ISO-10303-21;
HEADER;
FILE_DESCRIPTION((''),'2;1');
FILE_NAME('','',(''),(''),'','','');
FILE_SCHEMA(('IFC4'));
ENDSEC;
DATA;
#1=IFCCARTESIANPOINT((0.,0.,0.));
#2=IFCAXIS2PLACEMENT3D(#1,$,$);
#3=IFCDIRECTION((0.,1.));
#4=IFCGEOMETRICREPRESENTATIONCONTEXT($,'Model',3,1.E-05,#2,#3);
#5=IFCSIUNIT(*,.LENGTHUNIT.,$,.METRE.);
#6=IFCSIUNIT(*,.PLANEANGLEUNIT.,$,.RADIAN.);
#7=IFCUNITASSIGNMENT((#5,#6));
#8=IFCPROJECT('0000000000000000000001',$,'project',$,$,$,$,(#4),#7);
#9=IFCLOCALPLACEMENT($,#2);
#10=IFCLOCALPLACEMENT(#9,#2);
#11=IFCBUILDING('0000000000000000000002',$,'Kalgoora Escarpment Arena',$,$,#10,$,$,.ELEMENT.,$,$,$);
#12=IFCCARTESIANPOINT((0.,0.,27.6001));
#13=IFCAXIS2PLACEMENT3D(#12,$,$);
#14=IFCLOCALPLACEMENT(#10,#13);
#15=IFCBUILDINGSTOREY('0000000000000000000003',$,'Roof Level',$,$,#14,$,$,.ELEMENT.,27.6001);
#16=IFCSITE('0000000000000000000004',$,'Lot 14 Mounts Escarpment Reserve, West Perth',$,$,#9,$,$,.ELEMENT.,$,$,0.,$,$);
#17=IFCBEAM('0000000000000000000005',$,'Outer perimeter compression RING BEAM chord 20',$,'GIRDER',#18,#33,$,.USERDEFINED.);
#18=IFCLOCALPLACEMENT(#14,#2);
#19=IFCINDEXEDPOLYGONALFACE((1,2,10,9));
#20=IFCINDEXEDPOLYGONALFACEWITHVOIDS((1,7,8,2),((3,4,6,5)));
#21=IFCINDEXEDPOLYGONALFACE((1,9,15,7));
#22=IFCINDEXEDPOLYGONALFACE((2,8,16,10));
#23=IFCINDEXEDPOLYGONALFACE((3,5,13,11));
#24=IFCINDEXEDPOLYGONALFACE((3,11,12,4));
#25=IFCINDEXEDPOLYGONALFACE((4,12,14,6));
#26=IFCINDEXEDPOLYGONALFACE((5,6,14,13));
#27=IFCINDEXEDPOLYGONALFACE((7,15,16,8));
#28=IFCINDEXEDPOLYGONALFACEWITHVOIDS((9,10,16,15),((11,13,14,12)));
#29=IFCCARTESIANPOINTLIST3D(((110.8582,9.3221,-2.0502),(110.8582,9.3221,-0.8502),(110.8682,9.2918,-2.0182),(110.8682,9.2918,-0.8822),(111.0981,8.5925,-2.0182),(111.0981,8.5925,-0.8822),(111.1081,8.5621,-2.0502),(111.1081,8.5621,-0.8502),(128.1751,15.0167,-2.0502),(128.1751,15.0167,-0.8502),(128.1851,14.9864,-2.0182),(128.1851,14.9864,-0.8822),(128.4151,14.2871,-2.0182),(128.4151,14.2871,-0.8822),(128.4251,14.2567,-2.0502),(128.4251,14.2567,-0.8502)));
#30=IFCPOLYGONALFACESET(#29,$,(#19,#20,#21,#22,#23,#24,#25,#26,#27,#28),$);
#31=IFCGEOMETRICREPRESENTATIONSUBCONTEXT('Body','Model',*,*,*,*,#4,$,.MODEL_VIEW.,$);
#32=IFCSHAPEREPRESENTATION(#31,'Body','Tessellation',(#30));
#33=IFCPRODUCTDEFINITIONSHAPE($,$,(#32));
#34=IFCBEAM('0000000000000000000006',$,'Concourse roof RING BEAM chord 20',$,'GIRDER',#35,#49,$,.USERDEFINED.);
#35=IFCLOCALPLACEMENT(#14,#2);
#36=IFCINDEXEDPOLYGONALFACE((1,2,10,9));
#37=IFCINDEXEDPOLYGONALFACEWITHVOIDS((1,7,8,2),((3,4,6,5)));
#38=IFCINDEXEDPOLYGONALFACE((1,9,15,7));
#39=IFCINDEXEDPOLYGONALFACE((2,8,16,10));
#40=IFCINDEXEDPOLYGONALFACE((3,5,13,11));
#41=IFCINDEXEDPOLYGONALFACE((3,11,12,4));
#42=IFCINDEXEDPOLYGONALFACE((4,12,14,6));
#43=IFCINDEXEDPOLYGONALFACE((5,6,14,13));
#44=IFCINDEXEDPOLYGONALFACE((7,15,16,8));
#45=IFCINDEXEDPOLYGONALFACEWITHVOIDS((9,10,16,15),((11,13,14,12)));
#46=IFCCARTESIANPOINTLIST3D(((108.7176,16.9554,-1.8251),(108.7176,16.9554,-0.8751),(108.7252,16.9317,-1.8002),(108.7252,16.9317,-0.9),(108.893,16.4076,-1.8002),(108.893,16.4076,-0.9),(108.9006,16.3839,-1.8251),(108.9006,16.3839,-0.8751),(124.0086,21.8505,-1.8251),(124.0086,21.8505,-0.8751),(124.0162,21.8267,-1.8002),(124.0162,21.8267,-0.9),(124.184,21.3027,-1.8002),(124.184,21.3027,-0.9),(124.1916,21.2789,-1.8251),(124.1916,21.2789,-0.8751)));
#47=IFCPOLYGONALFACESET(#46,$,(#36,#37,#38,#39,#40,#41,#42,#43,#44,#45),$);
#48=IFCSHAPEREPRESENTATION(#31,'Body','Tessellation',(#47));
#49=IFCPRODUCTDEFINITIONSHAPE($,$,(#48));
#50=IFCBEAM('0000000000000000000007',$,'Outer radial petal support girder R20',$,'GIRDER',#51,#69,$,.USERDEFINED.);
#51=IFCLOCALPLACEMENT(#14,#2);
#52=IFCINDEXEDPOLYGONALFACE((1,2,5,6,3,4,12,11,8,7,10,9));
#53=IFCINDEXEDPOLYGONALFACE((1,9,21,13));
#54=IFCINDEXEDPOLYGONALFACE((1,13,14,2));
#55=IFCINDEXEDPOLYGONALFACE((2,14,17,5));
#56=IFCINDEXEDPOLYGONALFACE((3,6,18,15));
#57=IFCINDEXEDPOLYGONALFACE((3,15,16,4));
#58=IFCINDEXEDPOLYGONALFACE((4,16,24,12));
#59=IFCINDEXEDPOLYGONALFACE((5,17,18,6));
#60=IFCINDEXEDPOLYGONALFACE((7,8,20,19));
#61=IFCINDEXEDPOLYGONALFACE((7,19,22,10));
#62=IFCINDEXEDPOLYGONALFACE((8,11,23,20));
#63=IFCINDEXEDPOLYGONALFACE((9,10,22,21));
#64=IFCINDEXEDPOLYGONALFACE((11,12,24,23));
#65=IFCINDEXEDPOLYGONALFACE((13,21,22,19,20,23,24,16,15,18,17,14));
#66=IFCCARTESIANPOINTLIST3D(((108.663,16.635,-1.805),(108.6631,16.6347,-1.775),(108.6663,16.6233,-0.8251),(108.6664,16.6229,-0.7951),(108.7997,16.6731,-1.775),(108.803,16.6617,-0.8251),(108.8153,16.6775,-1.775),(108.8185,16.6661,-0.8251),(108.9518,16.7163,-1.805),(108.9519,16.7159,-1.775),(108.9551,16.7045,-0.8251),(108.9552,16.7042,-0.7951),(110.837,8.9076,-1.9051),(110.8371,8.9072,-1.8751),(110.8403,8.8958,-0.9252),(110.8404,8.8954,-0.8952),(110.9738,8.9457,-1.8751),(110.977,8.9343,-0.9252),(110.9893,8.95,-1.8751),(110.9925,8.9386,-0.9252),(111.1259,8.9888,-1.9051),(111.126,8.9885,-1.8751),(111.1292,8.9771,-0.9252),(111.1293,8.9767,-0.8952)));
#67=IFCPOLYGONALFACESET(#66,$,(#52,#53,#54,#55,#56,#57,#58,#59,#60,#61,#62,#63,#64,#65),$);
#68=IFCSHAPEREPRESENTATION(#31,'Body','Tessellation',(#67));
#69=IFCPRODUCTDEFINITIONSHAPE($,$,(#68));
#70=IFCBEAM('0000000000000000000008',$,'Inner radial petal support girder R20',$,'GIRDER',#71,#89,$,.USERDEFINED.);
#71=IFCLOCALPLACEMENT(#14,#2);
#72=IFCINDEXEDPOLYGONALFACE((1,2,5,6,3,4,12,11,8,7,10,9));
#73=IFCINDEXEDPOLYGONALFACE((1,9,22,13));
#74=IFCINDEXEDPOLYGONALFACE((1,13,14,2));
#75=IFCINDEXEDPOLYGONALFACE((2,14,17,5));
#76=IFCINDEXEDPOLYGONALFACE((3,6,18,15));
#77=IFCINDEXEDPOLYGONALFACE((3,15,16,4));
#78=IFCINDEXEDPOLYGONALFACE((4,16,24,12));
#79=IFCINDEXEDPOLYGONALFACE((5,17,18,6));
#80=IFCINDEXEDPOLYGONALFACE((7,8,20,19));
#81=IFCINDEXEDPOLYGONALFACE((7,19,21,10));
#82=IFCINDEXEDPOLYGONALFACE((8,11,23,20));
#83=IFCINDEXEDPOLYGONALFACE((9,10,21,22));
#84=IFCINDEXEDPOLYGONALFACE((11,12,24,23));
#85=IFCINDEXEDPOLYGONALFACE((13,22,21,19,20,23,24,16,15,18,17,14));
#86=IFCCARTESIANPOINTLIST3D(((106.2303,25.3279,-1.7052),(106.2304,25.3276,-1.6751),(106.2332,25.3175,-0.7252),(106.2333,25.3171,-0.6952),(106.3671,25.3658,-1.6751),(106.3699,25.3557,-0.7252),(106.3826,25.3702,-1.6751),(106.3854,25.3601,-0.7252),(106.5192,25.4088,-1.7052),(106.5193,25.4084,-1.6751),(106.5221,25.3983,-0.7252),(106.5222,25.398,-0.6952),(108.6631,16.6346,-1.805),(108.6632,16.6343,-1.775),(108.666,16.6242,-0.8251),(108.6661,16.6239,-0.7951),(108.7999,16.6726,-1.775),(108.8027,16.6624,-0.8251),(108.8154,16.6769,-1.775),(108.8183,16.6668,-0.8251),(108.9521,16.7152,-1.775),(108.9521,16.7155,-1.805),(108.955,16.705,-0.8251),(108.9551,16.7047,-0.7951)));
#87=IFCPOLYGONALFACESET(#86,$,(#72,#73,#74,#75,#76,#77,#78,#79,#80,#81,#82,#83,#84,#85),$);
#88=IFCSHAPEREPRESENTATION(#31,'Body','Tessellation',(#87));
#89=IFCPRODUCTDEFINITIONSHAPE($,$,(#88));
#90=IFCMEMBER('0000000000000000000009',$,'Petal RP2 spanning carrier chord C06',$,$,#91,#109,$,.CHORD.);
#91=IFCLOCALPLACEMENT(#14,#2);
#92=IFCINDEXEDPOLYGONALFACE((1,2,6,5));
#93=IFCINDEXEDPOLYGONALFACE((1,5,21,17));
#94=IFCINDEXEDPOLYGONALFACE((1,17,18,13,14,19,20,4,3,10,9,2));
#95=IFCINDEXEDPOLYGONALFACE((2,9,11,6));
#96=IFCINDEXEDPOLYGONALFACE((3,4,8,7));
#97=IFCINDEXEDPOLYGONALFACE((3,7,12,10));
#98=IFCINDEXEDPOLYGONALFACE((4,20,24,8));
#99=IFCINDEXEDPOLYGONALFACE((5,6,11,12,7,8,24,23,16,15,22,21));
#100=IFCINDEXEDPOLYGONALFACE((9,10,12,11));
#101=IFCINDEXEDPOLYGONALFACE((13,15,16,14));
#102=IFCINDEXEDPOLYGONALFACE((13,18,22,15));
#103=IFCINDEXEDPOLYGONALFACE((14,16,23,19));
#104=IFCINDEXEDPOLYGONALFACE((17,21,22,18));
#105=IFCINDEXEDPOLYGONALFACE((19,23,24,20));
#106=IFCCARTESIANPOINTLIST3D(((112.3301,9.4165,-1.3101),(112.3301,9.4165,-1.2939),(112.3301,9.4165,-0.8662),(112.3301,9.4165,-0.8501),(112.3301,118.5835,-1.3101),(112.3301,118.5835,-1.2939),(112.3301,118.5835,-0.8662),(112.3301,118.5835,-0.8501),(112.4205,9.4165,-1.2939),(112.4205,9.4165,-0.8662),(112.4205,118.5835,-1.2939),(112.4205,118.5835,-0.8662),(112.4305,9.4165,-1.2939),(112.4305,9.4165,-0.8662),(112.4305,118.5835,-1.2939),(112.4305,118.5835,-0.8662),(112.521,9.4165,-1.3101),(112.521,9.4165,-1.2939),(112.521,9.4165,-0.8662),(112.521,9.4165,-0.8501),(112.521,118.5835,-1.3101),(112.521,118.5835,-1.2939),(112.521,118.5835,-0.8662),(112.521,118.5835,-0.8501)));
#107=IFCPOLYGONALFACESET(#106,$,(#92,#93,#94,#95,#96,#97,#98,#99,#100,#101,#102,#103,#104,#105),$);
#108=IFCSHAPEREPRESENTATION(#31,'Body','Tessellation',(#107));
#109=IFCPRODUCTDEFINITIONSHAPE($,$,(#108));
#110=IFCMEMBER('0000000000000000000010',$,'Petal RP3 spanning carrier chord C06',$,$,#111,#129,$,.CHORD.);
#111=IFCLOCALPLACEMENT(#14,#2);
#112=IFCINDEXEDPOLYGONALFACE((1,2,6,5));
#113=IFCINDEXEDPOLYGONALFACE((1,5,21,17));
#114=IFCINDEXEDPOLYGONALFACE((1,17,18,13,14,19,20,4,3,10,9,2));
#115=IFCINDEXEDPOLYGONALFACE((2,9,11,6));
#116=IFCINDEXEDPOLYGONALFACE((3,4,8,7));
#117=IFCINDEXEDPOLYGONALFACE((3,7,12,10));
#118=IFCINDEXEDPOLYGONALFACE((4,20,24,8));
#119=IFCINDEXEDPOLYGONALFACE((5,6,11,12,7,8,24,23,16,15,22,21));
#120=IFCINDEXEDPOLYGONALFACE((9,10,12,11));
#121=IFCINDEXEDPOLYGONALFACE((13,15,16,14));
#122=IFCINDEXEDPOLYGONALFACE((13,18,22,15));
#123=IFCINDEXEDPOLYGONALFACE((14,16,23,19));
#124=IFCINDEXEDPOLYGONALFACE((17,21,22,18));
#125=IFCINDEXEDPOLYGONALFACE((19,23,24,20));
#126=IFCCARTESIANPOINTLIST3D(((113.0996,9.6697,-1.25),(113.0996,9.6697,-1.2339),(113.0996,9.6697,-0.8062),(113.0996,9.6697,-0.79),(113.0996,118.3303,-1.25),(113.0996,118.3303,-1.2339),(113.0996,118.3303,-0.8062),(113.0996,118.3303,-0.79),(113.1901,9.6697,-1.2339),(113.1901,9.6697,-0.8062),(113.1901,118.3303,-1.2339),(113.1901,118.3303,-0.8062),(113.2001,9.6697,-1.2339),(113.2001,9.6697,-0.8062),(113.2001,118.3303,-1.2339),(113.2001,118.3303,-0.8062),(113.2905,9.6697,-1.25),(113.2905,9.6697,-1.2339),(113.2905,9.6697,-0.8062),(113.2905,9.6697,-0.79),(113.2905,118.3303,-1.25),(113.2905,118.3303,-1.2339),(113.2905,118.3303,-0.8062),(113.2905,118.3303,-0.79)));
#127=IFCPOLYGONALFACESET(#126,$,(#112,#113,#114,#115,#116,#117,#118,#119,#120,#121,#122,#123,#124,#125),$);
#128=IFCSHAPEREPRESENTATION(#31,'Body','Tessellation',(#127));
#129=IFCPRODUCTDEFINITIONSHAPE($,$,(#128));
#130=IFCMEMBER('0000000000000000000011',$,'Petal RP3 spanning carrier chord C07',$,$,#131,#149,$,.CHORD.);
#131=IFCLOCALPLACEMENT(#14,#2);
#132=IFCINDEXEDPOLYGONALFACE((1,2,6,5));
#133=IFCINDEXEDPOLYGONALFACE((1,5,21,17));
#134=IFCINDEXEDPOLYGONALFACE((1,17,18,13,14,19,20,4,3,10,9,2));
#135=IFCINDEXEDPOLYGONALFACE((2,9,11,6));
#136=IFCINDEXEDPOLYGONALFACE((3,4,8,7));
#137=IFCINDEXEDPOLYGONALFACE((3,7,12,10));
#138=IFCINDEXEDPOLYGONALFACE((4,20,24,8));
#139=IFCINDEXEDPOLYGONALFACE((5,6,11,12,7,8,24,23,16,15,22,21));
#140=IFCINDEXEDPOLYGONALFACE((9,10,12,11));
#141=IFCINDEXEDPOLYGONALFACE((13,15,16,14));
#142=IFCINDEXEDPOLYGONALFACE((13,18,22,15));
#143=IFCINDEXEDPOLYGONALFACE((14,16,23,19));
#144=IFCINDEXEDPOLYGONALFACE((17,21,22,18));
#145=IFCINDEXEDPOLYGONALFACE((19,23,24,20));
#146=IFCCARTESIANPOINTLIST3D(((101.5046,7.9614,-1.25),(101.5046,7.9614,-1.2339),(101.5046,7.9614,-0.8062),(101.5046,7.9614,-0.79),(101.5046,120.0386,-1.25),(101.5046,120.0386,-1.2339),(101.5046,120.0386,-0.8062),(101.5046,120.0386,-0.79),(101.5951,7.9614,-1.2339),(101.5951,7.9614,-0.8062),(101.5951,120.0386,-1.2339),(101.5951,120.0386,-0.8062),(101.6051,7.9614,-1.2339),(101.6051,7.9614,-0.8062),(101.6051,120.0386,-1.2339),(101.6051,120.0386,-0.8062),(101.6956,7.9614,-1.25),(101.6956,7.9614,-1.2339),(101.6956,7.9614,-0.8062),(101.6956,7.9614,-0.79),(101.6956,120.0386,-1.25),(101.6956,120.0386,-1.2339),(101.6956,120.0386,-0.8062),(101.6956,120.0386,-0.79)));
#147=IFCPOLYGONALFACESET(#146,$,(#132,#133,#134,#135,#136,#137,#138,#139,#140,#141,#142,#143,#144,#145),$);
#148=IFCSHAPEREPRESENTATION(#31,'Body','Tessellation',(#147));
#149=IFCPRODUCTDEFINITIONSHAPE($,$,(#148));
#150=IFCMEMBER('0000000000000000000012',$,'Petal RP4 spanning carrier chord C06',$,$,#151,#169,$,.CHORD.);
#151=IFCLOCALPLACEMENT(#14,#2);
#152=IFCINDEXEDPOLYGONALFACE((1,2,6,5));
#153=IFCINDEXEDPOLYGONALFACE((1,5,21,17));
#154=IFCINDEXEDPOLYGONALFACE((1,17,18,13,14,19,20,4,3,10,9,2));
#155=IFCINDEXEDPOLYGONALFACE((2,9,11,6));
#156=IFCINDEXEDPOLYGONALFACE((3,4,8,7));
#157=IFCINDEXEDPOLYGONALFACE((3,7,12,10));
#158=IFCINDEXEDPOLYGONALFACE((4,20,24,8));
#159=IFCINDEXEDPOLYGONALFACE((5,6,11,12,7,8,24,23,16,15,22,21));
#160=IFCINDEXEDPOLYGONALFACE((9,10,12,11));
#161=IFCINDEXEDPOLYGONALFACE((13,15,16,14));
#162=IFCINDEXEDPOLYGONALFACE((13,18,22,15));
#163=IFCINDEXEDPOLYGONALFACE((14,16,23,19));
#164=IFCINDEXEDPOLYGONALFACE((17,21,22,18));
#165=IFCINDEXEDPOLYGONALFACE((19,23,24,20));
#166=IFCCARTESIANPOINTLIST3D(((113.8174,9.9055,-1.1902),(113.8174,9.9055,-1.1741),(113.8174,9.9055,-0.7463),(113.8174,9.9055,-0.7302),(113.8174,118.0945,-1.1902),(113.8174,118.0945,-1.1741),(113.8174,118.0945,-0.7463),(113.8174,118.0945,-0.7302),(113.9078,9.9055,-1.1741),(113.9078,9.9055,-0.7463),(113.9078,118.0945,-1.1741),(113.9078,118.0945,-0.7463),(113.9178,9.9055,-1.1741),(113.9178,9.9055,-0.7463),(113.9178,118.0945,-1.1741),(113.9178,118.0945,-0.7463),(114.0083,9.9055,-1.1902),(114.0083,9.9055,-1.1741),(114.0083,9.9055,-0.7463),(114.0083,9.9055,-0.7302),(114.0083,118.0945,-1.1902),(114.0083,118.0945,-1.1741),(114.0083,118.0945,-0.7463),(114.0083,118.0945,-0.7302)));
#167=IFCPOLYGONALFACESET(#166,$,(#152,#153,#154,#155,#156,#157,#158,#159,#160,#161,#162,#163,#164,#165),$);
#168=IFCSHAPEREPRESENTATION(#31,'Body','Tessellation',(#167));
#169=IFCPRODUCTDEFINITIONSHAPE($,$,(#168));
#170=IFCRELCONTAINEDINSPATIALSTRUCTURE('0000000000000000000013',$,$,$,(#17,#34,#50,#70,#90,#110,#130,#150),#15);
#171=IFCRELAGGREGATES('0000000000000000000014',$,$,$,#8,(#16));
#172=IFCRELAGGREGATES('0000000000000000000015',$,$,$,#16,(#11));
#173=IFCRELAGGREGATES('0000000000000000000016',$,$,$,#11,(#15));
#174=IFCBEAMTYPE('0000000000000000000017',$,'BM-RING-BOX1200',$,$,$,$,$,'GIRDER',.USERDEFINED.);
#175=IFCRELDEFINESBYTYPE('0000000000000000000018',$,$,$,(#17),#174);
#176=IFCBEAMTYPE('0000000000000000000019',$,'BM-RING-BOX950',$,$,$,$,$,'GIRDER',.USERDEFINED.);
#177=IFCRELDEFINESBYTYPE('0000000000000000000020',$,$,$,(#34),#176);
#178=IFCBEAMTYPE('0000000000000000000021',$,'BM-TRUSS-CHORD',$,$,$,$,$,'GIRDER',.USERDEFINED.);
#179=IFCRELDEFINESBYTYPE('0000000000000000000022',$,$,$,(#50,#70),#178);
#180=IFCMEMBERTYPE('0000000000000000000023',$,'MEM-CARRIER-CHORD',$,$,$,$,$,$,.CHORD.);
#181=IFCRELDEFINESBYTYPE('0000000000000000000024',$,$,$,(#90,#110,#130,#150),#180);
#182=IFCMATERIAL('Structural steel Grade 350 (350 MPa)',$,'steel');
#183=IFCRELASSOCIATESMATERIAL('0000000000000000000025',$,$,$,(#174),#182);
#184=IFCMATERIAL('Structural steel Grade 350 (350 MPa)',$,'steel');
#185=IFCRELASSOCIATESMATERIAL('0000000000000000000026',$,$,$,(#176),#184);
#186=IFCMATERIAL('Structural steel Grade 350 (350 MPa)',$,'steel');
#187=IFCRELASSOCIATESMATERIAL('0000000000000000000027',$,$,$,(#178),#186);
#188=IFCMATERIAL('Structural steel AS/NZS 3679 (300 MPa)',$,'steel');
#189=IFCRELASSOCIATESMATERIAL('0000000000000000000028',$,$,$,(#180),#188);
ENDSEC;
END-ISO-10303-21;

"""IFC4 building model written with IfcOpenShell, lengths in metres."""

from ifc_helpers import new_model, si_unit, direction, frame, origin, origin_2d, place, context, subcontext, project, spatial, hollow_rectangle, i_section, extrude, material, material_profile, profile_set, type_object, element, save


model = new_model("IFC4")

# Units and contexts
model_context = context("Model", 3, precision=1e-05, world=origin(), true_north=direction((0.0, 1.0)))
body_context = subcontext(model_context, "Body", "Model", "MODEL_VIEW")
ifc_project = project(units=[si_unit("LENGTHUNIT", "METRE"), si_unit("PLANEANGLEUNIT", "RADIAN")], contexts=[model_context])

# Site, building, storey
site_placement = place(None, origin())
site = spatial("IfcSite", under=ifc_project, at=site_placement, Name="Lot 14 Mounts Escarpment Reserve, West Perth", CompositionType="ELEMENT", RefElevation=0.0)
building_placement = place(site_placement, origin())
building = spatial("IfcBuilding", under=site, at=building_placement, Name="Kalgoora Escarpment Arena", CompositionType="ELEMENT")
storey_placement = place(building_placement, frame((0.0, 0.0, 27.6001)))
storey = spatial("IfcBuildingStorey", under=building, at=storey_placement, Name="Roof Level", CompositionType="ELEMENT", Elevation=27.6001)

# Beams
ifc_material_1 = material(Name="Structural steel Grade 350 (350 MPa)", Category="steel")
ifc_material_profile_1 = material_profile(ifc_material_1, hollow_rectangle(XDim=0.8, YDim=1.2, WallThickness=0.032, at=origin_2d()))
ifc_profile_set_1 = profile_set([ifc_material_profile_1], Name="Structural steel Grade 350 (350 MPa)")
beam_type_1 = type_object("IfcBeamType", Name="BM-RING-BOX1200", ElementType="GIRDER", PredefinedType="USERDEFINED", material=ifc_profile_set_1)
beam_1_placement = place(storey_placement, frame((110.9832, 8.9421, -1.4502), z_axis=(0.949955, 0.312388, 0.0), x_axis=(-0.312388, 0.949955, 0.0)))
element("IfcBeam", 1, at=beam_1_placement, inside=storey, type_object=beam_type_1, Name="Outer perimeter compression RING BEAM chord 20", ObjectType="GIRDER", PredefinedType="USERDEFINED", context=body_context, shape_type="SweptSolid", body=[
    extrude(hollow_rectangle(XDim=0.8, YDim=1.2, WallThickness=0.032, at=origin_2d()), origin(), (0.0, 0.0, 1.0), 18.2292),
])
ifc_material_2 = material(Name="Structural steel Grade 350 (350 MPa)", Category="steel")
ifc_material_profile_2 = material_profile(ifc_material_2, hollow_rectangle(XDim=0.6001, YDim=0.95, WallThickness=0.0249, at=origin_2d()))
ifc_profile_set_2 = profile_set([ifc_material_profile_2], Name="Structural steel Grade 350 (350 MPa)")
beam_type_2 = type_object("IfcBeamType", Name="BM-RING-BOX950", ElementType="GIRDER", PredefinedType="USERDEFINED", material=ifc_profile_set_2)
beam_2_placement = place(storey_placement, frame((108.8091, 16.6697, -1.3501), z_axis=(0.95239, 0.304883, 0.0), x_axis=(-0.304883, 0.95239, 0.0)))
element("IfcBeam", 2, at=beam_2_placement, inside=storey, type_object=beam_type_2, Name="Concourse roof RING BEAM chord 20", ObjectType="GIRDER", PredefinedType="USERDEFINED", context=body_context, shape_type="SweptSolid", body=[
    extrude(hollow_rectangle(XDim=0.6001, YDim=0.95, WallThickness=0.0249, at=origin_2d()), origin(), (0.0, 0.0, 1.0), 16.0554),
])
ifc_material_3 = material(Name="Structural steel Grade 350 (350 MPa)", Category="steel")
ifc_material_profile_3 = material_profile(ifc_material_3, i_section(OverallWidth=0.3, OverallDepth=1.01, WebThickness=0.0161, FlangeThickness=0.03, at=origin_2d()))
ifc_profile_set_3 = profile_set([ifc_material_profile_3], Name="Structural steel Grade 350 (350 MPa)")
beam_type_3 = type_object("IfcBeamType", Name="BM-TRUSS-CHORD", ElementType="GIRDER", PredefinedType="USERDEFINED", material=ifc_profile_set_3)
beam_3_placement = place(storey_placement, frame((110.9832, 8.9421, -1.4001), z_axis=(-0.270806, 0.962553, 0.012468), x_axis=(-0.962628, -0.270827, 0.0)))
element("IfcBeam", 3, at=beam_3_placement, inside=storey, type_object=beam_type_3, Name="Outer radial petal support girder R20", ObjectType="GIRDER", PredefinedType="USERDEFINED", context=body_context, shape_type="SweptSolid", body=[
    extrude(i_section(OverallWidth=0.3, OverallDepth=1.01, WebThickness=0.0161, FlangeThickness=0.03, at=origin_2d()), origin(), (0.0, 0.0, 1.0), 8.0281),
])
beam_4_placement = place(storey_placement, frame((108.8091, 16.6697, -1.3), z_axis=(-0.269482, 0.962942, 0.011061), x_axis=(-0.963001, -0.269499, 0.0)))
element("IfcBeam", 4, at=beam_4_placement, inside=storey, type_object=beam_type_3, Name="Inner radial petal support girder R20", ObjectType="GIRDER", PredefinedType="USERDEFINED", context=body_context, shape_type="SweptSolid", body=[
    extrude(i_section(OverallWidth=0.3, OverallDepth=1.01, WebThickness=0.0161, FlangeThickness=0.03, at=origin_2d()), origin(), (0.0, 0.0, 1.0), 9.0278),
])

# Members
ifc_material_4 = material(Name="Structural steel AS/NZS 3679 (300 MPa)", Category="steel")
ifc_material_profile_4 = material_profile(ifc_material_4, i_section(OverallWidth=0.1909, OverallDepth=0.46, WebThickness=0.01, FlangeThickness=0.0161, at=origin_2d()))
ifc_profile_set_4 = profile_set([ifc_material_profile_4], Name="Structural steel AS/NZS 3679 (300 MPa)")
member_type_1 = type_object("IfcMemberType", Name="MEM-CARRIER-CHORD", PredefinedType="CHORD", material=ifc_profile_set_4)
member_1_placement = place(storey_placement, frame((112.4255, 9.4165, -1.0801), z_axis=(0.0, 1.0, 0.0), x_axis=(-1.0, 0.0, 0.0)))
element("IfcMember", 5, at=member_1_placement, inside=storey, type_object=member_type_1, Name="Petal RP2 spanning carrier chord C06", PredefinedType="CHORD", context=body_context, shape_type="SweptSolid", body=[
    extrude(i_section(OverallWidth=0.1909, OverallDepth=0.46, WebThickness=0.01, FlangeThickness=0.0161, at=origin_2d()), origin(), (0.0, 0.0, 1.0), 109.167),
])
member_2_placement = place(storey_placement, frame((113.1951, 9.6697, -1.02), z_axis=(0.0, 1.0, 0.0), x_axis=(-1.0, 0.0, 0.0)))
element("IfcMember", 6, at=member_2_placement, inside=storey, type_object=member_type_1, Name="Petal RP3 spanning carrier chord C06", PredefinedType="CHORD", context=body_context, shape_type="SweptSolid", body=[
    extrude(i_section(OverallWidth=0.1909, OverallDepth=0.46, WebThickness=0.01, FlangeThickness=0.0161, at=origin_2d()), origin(), (0.0, 0.0, 1.0), 108.6606),
])
member_3_placement = place(storey_placement, frame((101.6001, 7.9614, -1.02), z_axis=(0.0, 1.0, 0.0), x_axis=(-1.0, 0.0, 0.0)))
element("IfcMember", 7, at=member_3_placement, inside=storey, type_object=member_type_1, Name="Petal RP3 spanning carrier chord C07", PredefinedType="CHORD", context=body_context, shape_type="SweptSolid", body=[
    extrude(i_section(OverallWidth=0.1909, OverallDepth=0.46, WebThickness=0.01, FlangeThickness=0.0161, at=origin_2d()), origin(), (0.0, 0.0, 1.0), 112.0771),
])
member_4_placement = place(storey_placement, frame((113.9128, 9.9055, -0.9602), z_axis=(0.0, 1.0, 0.0), x_axis=(-1.0, 0.0, 0.0)))
element("IfcMember", 8, at=member_4_placement, inside=storey, type_object=member_type_1, Name="Petal RP4 spanning carrier chord C06", PredefinedType="CHORD", context=body_context, shape_type="SweptSolid", body=[
    extrude(i_section(OverallWidth=0.1909, OverallDepth=0.46, WebThickness=0.01, FlangeThickness=0.0161, at=origin_2d()), origin(), (0.0, 0.0, 1.0), 108.189),
])

save(model, "model.ifc")
